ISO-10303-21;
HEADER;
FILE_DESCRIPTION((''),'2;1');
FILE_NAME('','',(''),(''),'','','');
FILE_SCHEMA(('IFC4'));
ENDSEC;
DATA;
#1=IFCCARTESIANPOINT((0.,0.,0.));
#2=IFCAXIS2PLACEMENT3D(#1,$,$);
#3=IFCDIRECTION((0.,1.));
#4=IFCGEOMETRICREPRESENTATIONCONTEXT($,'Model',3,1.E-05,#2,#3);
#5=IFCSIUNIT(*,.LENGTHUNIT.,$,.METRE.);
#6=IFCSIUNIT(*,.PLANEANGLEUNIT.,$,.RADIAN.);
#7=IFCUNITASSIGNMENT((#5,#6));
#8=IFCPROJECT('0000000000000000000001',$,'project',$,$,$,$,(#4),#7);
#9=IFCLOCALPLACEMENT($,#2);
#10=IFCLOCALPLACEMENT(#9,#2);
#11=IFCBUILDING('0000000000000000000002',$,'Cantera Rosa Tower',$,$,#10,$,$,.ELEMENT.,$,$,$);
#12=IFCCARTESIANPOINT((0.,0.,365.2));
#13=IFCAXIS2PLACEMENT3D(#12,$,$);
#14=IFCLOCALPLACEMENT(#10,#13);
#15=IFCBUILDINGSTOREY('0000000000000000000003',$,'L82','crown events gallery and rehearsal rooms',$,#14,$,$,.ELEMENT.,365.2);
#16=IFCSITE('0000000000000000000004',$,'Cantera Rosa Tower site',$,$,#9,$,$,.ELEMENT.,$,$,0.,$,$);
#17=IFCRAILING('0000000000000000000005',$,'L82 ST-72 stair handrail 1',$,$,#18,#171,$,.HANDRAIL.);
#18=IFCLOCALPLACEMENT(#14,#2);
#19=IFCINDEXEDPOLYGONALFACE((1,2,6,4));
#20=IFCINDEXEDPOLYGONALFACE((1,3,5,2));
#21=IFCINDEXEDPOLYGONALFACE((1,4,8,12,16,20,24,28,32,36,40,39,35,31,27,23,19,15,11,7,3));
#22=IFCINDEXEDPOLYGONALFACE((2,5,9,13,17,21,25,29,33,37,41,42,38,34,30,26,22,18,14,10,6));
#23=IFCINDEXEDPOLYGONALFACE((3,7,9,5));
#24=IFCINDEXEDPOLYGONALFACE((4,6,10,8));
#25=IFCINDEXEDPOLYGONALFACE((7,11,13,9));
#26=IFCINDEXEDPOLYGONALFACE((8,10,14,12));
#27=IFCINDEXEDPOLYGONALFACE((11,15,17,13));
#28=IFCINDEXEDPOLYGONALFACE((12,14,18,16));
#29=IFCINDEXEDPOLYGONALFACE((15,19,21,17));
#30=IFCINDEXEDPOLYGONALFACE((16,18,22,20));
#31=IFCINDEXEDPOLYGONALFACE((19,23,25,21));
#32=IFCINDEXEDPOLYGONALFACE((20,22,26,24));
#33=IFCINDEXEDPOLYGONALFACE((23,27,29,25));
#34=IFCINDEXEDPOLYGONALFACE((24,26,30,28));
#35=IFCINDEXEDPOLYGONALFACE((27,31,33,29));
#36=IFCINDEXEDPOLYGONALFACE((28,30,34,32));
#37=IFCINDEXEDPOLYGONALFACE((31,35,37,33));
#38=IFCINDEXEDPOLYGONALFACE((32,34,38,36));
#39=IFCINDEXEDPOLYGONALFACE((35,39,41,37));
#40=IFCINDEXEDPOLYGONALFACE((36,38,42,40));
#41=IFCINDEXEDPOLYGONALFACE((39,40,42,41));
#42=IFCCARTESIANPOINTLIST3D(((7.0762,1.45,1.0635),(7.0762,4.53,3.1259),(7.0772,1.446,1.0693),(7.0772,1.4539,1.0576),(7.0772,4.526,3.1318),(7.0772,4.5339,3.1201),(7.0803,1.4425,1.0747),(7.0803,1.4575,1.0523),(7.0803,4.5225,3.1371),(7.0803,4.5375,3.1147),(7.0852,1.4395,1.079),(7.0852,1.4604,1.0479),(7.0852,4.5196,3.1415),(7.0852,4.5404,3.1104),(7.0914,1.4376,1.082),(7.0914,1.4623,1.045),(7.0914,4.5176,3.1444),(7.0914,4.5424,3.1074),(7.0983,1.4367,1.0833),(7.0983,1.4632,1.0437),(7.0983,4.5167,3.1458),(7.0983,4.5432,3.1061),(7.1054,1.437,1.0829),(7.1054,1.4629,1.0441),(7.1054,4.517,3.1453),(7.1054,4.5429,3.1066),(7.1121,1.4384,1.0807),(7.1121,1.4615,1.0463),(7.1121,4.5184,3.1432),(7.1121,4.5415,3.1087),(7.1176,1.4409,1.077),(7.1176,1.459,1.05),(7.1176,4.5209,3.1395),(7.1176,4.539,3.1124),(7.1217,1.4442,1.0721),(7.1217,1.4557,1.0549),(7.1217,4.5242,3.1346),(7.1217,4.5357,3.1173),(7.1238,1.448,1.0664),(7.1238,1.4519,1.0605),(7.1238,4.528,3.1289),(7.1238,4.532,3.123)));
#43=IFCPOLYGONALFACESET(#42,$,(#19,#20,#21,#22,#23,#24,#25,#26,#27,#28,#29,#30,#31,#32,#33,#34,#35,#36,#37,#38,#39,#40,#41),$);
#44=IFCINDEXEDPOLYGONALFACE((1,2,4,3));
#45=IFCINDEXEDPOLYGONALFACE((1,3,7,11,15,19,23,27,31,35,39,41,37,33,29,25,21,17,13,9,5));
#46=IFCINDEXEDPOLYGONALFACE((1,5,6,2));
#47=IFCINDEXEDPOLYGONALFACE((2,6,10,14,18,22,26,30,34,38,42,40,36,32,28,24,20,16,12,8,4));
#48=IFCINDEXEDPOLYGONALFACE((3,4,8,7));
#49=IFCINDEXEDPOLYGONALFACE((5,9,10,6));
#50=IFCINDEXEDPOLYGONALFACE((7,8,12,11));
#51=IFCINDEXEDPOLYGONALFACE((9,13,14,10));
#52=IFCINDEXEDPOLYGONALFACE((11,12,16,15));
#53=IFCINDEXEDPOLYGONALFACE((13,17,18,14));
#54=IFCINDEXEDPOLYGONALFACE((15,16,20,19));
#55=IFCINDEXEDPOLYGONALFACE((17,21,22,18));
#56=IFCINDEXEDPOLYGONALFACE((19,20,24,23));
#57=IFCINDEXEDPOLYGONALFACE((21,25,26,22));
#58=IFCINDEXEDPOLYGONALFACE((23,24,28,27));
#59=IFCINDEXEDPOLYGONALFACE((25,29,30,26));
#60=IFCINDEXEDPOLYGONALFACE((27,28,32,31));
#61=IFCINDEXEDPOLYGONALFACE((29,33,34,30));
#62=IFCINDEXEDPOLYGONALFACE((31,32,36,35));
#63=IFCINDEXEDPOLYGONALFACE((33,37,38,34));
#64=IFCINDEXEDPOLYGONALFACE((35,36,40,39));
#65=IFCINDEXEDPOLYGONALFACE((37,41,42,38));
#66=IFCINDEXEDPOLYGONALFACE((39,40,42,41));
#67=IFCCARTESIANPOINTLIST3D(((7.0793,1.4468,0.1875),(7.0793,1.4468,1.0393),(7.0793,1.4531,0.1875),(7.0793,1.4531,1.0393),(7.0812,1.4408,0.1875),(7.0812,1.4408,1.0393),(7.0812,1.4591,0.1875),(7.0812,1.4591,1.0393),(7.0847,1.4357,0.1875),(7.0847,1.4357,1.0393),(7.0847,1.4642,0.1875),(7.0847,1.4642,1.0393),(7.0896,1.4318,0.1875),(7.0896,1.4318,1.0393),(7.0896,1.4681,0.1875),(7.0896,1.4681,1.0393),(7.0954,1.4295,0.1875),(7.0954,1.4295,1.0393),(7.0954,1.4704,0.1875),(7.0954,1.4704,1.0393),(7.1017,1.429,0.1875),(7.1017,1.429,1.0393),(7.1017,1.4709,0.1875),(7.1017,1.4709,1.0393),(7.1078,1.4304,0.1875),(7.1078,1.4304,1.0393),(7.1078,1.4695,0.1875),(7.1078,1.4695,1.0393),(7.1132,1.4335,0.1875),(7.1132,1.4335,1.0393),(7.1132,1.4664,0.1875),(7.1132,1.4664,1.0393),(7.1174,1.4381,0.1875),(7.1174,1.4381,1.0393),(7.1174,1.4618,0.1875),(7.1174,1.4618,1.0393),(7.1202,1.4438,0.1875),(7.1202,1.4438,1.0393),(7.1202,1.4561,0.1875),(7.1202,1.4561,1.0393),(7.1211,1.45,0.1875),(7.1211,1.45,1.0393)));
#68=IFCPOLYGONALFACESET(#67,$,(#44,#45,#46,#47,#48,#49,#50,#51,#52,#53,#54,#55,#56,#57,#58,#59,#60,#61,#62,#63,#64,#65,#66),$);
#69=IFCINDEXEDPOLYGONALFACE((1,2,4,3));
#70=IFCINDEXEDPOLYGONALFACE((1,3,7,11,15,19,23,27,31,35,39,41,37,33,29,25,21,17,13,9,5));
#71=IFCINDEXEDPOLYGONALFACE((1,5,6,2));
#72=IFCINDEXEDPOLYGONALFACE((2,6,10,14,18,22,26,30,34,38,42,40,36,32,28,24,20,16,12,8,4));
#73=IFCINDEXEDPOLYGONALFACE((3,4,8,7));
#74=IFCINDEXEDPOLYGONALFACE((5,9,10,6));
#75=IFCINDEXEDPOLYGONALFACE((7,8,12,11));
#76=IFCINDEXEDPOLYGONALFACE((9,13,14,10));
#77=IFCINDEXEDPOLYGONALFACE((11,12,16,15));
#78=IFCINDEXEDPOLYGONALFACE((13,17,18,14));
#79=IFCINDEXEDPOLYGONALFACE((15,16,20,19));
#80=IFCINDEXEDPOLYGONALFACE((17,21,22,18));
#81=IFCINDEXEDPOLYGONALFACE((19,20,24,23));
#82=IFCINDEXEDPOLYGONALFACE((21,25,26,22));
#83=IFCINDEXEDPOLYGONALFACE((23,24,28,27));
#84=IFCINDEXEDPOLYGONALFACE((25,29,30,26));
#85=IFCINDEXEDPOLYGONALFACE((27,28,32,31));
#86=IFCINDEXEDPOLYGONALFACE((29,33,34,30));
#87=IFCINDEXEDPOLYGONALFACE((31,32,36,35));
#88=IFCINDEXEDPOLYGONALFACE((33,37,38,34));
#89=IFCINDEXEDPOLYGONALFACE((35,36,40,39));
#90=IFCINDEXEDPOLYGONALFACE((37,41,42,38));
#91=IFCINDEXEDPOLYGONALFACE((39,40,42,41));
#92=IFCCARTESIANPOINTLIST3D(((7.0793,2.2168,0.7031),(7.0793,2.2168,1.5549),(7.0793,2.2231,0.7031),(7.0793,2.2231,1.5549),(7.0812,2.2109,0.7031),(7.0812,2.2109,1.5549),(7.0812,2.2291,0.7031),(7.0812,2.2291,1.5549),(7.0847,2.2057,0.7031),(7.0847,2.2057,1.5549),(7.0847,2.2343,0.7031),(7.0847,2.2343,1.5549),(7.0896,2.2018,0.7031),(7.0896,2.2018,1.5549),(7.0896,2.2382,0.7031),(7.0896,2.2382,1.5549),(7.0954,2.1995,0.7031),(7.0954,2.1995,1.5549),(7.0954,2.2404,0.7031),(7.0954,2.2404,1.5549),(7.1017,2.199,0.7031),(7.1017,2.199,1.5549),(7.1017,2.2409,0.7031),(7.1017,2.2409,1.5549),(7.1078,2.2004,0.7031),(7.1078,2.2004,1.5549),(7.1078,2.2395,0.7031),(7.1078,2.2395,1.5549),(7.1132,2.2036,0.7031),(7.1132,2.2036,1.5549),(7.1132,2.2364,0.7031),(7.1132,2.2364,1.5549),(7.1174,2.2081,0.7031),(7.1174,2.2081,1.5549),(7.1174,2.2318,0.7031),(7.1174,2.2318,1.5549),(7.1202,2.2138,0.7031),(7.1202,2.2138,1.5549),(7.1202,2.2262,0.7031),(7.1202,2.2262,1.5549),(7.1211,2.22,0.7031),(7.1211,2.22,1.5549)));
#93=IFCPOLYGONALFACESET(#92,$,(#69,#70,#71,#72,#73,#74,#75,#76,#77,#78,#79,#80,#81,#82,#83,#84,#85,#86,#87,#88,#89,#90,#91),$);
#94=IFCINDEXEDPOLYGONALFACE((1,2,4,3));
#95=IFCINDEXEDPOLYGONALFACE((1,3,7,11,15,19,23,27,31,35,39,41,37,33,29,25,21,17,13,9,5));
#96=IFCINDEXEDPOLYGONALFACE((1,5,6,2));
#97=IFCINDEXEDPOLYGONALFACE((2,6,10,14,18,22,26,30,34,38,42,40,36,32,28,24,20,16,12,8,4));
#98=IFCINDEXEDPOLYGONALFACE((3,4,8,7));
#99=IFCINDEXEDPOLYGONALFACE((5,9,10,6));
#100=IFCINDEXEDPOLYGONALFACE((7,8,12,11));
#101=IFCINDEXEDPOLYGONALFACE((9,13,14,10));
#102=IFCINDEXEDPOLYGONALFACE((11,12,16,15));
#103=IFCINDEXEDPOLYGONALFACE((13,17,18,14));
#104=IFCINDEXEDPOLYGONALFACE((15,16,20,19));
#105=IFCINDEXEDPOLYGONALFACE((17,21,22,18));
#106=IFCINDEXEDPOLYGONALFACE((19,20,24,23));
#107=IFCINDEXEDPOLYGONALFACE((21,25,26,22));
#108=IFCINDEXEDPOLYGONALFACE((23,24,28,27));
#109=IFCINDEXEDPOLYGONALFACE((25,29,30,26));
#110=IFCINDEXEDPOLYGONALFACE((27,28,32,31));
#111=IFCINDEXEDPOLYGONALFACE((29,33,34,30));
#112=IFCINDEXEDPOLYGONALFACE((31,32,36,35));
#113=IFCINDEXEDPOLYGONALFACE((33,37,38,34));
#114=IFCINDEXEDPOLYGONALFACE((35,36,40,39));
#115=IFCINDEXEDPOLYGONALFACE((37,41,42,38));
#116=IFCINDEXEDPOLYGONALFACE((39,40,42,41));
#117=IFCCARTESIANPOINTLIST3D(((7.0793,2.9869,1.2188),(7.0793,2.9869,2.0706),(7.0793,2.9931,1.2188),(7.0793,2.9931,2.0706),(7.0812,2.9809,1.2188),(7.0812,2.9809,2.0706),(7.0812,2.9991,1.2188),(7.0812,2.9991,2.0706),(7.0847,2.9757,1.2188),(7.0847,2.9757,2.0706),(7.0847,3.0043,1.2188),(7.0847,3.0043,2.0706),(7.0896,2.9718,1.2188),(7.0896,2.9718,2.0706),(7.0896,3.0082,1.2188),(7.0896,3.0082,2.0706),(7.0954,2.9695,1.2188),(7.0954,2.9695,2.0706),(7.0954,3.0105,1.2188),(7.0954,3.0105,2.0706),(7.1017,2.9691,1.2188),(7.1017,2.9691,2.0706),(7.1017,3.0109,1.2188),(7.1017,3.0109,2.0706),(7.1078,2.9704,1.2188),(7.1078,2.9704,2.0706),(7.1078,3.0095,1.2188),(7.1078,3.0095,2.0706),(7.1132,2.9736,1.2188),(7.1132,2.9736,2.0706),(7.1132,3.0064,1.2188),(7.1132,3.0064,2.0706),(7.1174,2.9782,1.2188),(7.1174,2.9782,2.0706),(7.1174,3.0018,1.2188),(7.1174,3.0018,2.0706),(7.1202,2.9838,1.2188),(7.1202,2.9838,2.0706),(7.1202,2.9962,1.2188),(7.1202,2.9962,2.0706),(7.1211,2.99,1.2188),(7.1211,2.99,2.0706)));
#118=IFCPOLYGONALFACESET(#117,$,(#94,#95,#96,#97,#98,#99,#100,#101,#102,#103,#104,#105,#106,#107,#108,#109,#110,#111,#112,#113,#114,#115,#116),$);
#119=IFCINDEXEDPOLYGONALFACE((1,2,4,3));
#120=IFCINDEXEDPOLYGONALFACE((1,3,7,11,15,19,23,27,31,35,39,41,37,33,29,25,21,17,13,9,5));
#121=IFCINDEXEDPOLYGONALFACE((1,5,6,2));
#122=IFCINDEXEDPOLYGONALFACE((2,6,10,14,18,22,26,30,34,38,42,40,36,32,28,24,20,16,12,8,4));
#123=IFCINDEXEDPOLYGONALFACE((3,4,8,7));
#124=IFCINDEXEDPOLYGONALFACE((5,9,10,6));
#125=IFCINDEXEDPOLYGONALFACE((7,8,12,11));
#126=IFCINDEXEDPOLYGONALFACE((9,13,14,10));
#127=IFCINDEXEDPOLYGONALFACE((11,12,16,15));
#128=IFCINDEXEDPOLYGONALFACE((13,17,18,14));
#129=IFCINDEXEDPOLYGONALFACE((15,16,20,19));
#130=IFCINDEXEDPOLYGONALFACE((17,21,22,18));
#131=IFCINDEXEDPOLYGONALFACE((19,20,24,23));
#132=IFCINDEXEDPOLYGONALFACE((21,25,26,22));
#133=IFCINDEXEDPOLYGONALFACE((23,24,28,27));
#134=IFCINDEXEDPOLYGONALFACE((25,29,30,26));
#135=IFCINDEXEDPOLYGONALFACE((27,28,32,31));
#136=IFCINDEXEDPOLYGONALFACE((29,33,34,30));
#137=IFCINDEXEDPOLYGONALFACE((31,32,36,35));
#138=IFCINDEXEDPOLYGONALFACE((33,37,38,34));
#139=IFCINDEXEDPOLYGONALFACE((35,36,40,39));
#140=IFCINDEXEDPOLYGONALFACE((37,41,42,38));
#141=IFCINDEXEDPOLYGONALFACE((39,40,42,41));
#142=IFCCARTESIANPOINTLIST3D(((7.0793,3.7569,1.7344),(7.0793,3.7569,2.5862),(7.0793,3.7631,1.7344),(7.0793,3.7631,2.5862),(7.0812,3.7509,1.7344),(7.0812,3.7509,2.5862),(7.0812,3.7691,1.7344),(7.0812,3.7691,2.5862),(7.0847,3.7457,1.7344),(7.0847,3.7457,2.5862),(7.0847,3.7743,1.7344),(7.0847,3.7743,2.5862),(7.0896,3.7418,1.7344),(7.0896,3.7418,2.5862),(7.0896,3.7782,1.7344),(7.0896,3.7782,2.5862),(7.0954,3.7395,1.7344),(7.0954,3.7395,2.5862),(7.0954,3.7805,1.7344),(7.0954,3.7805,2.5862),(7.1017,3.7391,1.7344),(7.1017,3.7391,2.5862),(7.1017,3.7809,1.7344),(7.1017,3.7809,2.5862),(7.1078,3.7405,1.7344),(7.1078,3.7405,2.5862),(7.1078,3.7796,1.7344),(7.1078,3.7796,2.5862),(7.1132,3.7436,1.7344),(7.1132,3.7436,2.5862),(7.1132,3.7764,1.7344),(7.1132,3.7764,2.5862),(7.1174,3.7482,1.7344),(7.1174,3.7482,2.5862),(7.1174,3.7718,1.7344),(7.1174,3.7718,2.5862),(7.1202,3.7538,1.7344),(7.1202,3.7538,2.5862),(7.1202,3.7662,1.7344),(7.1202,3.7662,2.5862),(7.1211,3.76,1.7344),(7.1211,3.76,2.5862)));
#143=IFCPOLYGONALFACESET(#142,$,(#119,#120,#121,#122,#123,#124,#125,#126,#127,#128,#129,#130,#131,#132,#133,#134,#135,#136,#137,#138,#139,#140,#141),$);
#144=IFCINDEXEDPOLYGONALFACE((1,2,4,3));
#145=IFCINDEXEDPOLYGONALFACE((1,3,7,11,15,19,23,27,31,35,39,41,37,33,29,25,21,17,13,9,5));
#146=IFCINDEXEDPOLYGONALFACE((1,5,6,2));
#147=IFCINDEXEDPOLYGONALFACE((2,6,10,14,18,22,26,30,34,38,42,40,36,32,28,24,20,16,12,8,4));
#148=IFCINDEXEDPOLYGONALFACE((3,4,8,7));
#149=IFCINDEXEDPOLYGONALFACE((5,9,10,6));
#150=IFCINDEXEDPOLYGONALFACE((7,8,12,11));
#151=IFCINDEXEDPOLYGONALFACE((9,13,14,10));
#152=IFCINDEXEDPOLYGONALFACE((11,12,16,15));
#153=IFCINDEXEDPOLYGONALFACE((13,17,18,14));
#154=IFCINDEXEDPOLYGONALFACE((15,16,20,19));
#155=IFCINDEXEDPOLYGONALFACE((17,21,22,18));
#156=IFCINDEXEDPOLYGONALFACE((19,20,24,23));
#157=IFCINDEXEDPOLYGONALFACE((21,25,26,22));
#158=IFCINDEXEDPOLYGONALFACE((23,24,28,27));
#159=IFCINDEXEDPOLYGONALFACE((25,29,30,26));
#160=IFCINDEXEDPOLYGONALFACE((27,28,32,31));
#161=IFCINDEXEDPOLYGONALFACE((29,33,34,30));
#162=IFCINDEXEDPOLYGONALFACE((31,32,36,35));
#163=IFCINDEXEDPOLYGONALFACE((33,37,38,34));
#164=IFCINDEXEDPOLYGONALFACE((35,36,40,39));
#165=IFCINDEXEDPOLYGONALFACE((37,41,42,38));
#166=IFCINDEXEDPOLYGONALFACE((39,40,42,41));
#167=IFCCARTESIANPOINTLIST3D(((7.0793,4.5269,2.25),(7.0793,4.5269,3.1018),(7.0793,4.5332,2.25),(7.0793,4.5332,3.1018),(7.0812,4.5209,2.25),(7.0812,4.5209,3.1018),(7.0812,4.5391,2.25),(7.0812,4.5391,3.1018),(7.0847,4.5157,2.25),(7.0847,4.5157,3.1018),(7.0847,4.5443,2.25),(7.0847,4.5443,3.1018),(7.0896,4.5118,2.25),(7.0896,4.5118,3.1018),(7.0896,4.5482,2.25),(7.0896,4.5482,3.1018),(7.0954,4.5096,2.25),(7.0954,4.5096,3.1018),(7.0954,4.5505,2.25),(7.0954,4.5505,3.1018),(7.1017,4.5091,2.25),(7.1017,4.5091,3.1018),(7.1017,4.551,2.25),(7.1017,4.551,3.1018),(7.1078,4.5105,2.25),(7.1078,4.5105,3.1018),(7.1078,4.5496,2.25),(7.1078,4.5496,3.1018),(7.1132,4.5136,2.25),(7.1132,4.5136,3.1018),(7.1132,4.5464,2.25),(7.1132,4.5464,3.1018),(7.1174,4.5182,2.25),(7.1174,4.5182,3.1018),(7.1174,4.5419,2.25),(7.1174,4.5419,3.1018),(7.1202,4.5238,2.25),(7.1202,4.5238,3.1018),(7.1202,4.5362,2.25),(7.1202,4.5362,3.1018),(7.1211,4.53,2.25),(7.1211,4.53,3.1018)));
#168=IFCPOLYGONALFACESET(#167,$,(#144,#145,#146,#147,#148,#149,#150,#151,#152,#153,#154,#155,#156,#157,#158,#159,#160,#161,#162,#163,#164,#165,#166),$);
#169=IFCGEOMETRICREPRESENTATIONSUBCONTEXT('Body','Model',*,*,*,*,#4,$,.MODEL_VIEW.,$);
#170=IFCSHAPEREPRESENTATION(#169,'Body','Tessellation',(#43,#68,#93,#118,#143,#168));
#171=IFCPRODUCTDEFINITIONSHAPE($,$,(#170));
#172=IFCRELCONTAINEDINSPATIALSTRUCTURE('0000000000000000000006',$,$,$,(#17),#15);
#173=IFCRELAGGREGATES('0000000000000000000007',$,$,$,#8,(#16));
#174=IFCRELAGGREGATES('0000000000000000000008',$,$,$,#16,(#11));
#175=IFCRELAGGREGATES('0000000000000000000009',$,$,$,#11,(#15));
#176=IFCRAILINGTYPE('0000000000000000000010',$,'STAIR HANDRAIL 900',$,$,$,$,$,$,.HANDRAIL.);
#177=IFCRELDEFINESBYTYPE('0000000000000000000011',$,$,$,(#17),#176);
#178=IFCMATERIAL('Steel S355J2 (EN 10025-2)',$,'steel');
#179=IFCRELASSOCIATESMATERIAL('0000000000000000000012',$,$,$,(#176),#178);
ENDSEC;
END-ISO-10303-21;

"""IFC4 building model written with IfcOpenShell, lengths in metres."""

from ifc_helpers import new_model, si_unit, direction, frame, origin, origin_2d, place, context, subcontext, project, spatial, circle, extrude, material, type_object, element, save


model = new_model("IFC4")

# Units and contexts
model_context = context("Model", 3, precision=1e-05, world=origin(), true_north=direction((0.0, 1.0)))
body_context = subcontext(model_context, "Body", "Model", "MODEL_VIEW")
ifc_project = project(units=[si_unit("LENGTHUNIT", "METRE"), si_unit("PLANEANGLEUNIT", "RADIAN")], contexts=[model_context])

# Site, building, storey
site_placement = place(None, origin())
site = spatial("IfcSite", under=ifc_project, at=site_placement, Name="Cantera Rosa Tower site", CompositionType="ELEMENT", RefElevation=0.0)
building_placement = place(site_placement, origin())
building = spatial("IfcBuilding", under=site, at=building_placement, Name="Cantera Rosa Tower", CompositionType="ELEMENT")
storey_placement = place(building_placement, frame((0.0, 0.0, 365.2)))
storey = spatial("IfcBuildingStorey", under=building, at=storey_placement, Name="L82", Description="crown events gallery and rehearsal rooms", CompositionType="ELEMENT", Elevation=365.2)

# Railing
ifc_material_1 = material(Name="Steel S355J2 (EN 10025-2)", Category="steel")
railing_type_1 = type_object("IfcRailingType", Name="STAIR HANDRAIL 900", PredefinedType="HANDRAIL", material=ifc_material_1)
railing_1_placement = place(storey_placement, frame((7.1001, 1.45, 0.1875)))
element("IfcRailing", 1, at=railing_1_placement, inside=storey, type_object=railing_type_1, Name="L82 ST-72 stair handrail 1", PredefinedType="HANDRAIL", context=body_context, shape_type="SweptSolid", body=[
    extrude(circle(Radius=0.0239, at=origin_2d()), frame((0.0, 0.0, 0.876), z_axis=(0.0, 0.830914, 0.556401), x_axis=(-1.0, 0.0, 0.0)), (0.0, 0.0, 1.0), 3.7068),
    extrude(circle(Radius=0.021, at=origin_2d()), origin(), (0.0, 0.0, 1.0), 0.8518),
    extrude(circle(Radius=0.021, at=origin_2d()), frame((0.0, 0.77, 0.5156)), (0.0, 0.0, 1.0), 0.8518),
    extrude(circle(Radius=0.021, at=origin_2d()), frame((0.0, 1.54, 1.0312)), (0.0, 0.0, 1.0), 0.8518),
    extrude(circle(Radius=0.021, at=origin_2d()), frame((0.0, 2.3101, 1.5469)), (0.0, 0.0, 1.0), 0.8518),
    extrude(circle(Radius=0.021, at=origin_2d()), frame((0.0, 3.0801, 2.0625)), (0.0, 0.0, 1.0), 0.8518),
])

save(model, "model.ifc")
